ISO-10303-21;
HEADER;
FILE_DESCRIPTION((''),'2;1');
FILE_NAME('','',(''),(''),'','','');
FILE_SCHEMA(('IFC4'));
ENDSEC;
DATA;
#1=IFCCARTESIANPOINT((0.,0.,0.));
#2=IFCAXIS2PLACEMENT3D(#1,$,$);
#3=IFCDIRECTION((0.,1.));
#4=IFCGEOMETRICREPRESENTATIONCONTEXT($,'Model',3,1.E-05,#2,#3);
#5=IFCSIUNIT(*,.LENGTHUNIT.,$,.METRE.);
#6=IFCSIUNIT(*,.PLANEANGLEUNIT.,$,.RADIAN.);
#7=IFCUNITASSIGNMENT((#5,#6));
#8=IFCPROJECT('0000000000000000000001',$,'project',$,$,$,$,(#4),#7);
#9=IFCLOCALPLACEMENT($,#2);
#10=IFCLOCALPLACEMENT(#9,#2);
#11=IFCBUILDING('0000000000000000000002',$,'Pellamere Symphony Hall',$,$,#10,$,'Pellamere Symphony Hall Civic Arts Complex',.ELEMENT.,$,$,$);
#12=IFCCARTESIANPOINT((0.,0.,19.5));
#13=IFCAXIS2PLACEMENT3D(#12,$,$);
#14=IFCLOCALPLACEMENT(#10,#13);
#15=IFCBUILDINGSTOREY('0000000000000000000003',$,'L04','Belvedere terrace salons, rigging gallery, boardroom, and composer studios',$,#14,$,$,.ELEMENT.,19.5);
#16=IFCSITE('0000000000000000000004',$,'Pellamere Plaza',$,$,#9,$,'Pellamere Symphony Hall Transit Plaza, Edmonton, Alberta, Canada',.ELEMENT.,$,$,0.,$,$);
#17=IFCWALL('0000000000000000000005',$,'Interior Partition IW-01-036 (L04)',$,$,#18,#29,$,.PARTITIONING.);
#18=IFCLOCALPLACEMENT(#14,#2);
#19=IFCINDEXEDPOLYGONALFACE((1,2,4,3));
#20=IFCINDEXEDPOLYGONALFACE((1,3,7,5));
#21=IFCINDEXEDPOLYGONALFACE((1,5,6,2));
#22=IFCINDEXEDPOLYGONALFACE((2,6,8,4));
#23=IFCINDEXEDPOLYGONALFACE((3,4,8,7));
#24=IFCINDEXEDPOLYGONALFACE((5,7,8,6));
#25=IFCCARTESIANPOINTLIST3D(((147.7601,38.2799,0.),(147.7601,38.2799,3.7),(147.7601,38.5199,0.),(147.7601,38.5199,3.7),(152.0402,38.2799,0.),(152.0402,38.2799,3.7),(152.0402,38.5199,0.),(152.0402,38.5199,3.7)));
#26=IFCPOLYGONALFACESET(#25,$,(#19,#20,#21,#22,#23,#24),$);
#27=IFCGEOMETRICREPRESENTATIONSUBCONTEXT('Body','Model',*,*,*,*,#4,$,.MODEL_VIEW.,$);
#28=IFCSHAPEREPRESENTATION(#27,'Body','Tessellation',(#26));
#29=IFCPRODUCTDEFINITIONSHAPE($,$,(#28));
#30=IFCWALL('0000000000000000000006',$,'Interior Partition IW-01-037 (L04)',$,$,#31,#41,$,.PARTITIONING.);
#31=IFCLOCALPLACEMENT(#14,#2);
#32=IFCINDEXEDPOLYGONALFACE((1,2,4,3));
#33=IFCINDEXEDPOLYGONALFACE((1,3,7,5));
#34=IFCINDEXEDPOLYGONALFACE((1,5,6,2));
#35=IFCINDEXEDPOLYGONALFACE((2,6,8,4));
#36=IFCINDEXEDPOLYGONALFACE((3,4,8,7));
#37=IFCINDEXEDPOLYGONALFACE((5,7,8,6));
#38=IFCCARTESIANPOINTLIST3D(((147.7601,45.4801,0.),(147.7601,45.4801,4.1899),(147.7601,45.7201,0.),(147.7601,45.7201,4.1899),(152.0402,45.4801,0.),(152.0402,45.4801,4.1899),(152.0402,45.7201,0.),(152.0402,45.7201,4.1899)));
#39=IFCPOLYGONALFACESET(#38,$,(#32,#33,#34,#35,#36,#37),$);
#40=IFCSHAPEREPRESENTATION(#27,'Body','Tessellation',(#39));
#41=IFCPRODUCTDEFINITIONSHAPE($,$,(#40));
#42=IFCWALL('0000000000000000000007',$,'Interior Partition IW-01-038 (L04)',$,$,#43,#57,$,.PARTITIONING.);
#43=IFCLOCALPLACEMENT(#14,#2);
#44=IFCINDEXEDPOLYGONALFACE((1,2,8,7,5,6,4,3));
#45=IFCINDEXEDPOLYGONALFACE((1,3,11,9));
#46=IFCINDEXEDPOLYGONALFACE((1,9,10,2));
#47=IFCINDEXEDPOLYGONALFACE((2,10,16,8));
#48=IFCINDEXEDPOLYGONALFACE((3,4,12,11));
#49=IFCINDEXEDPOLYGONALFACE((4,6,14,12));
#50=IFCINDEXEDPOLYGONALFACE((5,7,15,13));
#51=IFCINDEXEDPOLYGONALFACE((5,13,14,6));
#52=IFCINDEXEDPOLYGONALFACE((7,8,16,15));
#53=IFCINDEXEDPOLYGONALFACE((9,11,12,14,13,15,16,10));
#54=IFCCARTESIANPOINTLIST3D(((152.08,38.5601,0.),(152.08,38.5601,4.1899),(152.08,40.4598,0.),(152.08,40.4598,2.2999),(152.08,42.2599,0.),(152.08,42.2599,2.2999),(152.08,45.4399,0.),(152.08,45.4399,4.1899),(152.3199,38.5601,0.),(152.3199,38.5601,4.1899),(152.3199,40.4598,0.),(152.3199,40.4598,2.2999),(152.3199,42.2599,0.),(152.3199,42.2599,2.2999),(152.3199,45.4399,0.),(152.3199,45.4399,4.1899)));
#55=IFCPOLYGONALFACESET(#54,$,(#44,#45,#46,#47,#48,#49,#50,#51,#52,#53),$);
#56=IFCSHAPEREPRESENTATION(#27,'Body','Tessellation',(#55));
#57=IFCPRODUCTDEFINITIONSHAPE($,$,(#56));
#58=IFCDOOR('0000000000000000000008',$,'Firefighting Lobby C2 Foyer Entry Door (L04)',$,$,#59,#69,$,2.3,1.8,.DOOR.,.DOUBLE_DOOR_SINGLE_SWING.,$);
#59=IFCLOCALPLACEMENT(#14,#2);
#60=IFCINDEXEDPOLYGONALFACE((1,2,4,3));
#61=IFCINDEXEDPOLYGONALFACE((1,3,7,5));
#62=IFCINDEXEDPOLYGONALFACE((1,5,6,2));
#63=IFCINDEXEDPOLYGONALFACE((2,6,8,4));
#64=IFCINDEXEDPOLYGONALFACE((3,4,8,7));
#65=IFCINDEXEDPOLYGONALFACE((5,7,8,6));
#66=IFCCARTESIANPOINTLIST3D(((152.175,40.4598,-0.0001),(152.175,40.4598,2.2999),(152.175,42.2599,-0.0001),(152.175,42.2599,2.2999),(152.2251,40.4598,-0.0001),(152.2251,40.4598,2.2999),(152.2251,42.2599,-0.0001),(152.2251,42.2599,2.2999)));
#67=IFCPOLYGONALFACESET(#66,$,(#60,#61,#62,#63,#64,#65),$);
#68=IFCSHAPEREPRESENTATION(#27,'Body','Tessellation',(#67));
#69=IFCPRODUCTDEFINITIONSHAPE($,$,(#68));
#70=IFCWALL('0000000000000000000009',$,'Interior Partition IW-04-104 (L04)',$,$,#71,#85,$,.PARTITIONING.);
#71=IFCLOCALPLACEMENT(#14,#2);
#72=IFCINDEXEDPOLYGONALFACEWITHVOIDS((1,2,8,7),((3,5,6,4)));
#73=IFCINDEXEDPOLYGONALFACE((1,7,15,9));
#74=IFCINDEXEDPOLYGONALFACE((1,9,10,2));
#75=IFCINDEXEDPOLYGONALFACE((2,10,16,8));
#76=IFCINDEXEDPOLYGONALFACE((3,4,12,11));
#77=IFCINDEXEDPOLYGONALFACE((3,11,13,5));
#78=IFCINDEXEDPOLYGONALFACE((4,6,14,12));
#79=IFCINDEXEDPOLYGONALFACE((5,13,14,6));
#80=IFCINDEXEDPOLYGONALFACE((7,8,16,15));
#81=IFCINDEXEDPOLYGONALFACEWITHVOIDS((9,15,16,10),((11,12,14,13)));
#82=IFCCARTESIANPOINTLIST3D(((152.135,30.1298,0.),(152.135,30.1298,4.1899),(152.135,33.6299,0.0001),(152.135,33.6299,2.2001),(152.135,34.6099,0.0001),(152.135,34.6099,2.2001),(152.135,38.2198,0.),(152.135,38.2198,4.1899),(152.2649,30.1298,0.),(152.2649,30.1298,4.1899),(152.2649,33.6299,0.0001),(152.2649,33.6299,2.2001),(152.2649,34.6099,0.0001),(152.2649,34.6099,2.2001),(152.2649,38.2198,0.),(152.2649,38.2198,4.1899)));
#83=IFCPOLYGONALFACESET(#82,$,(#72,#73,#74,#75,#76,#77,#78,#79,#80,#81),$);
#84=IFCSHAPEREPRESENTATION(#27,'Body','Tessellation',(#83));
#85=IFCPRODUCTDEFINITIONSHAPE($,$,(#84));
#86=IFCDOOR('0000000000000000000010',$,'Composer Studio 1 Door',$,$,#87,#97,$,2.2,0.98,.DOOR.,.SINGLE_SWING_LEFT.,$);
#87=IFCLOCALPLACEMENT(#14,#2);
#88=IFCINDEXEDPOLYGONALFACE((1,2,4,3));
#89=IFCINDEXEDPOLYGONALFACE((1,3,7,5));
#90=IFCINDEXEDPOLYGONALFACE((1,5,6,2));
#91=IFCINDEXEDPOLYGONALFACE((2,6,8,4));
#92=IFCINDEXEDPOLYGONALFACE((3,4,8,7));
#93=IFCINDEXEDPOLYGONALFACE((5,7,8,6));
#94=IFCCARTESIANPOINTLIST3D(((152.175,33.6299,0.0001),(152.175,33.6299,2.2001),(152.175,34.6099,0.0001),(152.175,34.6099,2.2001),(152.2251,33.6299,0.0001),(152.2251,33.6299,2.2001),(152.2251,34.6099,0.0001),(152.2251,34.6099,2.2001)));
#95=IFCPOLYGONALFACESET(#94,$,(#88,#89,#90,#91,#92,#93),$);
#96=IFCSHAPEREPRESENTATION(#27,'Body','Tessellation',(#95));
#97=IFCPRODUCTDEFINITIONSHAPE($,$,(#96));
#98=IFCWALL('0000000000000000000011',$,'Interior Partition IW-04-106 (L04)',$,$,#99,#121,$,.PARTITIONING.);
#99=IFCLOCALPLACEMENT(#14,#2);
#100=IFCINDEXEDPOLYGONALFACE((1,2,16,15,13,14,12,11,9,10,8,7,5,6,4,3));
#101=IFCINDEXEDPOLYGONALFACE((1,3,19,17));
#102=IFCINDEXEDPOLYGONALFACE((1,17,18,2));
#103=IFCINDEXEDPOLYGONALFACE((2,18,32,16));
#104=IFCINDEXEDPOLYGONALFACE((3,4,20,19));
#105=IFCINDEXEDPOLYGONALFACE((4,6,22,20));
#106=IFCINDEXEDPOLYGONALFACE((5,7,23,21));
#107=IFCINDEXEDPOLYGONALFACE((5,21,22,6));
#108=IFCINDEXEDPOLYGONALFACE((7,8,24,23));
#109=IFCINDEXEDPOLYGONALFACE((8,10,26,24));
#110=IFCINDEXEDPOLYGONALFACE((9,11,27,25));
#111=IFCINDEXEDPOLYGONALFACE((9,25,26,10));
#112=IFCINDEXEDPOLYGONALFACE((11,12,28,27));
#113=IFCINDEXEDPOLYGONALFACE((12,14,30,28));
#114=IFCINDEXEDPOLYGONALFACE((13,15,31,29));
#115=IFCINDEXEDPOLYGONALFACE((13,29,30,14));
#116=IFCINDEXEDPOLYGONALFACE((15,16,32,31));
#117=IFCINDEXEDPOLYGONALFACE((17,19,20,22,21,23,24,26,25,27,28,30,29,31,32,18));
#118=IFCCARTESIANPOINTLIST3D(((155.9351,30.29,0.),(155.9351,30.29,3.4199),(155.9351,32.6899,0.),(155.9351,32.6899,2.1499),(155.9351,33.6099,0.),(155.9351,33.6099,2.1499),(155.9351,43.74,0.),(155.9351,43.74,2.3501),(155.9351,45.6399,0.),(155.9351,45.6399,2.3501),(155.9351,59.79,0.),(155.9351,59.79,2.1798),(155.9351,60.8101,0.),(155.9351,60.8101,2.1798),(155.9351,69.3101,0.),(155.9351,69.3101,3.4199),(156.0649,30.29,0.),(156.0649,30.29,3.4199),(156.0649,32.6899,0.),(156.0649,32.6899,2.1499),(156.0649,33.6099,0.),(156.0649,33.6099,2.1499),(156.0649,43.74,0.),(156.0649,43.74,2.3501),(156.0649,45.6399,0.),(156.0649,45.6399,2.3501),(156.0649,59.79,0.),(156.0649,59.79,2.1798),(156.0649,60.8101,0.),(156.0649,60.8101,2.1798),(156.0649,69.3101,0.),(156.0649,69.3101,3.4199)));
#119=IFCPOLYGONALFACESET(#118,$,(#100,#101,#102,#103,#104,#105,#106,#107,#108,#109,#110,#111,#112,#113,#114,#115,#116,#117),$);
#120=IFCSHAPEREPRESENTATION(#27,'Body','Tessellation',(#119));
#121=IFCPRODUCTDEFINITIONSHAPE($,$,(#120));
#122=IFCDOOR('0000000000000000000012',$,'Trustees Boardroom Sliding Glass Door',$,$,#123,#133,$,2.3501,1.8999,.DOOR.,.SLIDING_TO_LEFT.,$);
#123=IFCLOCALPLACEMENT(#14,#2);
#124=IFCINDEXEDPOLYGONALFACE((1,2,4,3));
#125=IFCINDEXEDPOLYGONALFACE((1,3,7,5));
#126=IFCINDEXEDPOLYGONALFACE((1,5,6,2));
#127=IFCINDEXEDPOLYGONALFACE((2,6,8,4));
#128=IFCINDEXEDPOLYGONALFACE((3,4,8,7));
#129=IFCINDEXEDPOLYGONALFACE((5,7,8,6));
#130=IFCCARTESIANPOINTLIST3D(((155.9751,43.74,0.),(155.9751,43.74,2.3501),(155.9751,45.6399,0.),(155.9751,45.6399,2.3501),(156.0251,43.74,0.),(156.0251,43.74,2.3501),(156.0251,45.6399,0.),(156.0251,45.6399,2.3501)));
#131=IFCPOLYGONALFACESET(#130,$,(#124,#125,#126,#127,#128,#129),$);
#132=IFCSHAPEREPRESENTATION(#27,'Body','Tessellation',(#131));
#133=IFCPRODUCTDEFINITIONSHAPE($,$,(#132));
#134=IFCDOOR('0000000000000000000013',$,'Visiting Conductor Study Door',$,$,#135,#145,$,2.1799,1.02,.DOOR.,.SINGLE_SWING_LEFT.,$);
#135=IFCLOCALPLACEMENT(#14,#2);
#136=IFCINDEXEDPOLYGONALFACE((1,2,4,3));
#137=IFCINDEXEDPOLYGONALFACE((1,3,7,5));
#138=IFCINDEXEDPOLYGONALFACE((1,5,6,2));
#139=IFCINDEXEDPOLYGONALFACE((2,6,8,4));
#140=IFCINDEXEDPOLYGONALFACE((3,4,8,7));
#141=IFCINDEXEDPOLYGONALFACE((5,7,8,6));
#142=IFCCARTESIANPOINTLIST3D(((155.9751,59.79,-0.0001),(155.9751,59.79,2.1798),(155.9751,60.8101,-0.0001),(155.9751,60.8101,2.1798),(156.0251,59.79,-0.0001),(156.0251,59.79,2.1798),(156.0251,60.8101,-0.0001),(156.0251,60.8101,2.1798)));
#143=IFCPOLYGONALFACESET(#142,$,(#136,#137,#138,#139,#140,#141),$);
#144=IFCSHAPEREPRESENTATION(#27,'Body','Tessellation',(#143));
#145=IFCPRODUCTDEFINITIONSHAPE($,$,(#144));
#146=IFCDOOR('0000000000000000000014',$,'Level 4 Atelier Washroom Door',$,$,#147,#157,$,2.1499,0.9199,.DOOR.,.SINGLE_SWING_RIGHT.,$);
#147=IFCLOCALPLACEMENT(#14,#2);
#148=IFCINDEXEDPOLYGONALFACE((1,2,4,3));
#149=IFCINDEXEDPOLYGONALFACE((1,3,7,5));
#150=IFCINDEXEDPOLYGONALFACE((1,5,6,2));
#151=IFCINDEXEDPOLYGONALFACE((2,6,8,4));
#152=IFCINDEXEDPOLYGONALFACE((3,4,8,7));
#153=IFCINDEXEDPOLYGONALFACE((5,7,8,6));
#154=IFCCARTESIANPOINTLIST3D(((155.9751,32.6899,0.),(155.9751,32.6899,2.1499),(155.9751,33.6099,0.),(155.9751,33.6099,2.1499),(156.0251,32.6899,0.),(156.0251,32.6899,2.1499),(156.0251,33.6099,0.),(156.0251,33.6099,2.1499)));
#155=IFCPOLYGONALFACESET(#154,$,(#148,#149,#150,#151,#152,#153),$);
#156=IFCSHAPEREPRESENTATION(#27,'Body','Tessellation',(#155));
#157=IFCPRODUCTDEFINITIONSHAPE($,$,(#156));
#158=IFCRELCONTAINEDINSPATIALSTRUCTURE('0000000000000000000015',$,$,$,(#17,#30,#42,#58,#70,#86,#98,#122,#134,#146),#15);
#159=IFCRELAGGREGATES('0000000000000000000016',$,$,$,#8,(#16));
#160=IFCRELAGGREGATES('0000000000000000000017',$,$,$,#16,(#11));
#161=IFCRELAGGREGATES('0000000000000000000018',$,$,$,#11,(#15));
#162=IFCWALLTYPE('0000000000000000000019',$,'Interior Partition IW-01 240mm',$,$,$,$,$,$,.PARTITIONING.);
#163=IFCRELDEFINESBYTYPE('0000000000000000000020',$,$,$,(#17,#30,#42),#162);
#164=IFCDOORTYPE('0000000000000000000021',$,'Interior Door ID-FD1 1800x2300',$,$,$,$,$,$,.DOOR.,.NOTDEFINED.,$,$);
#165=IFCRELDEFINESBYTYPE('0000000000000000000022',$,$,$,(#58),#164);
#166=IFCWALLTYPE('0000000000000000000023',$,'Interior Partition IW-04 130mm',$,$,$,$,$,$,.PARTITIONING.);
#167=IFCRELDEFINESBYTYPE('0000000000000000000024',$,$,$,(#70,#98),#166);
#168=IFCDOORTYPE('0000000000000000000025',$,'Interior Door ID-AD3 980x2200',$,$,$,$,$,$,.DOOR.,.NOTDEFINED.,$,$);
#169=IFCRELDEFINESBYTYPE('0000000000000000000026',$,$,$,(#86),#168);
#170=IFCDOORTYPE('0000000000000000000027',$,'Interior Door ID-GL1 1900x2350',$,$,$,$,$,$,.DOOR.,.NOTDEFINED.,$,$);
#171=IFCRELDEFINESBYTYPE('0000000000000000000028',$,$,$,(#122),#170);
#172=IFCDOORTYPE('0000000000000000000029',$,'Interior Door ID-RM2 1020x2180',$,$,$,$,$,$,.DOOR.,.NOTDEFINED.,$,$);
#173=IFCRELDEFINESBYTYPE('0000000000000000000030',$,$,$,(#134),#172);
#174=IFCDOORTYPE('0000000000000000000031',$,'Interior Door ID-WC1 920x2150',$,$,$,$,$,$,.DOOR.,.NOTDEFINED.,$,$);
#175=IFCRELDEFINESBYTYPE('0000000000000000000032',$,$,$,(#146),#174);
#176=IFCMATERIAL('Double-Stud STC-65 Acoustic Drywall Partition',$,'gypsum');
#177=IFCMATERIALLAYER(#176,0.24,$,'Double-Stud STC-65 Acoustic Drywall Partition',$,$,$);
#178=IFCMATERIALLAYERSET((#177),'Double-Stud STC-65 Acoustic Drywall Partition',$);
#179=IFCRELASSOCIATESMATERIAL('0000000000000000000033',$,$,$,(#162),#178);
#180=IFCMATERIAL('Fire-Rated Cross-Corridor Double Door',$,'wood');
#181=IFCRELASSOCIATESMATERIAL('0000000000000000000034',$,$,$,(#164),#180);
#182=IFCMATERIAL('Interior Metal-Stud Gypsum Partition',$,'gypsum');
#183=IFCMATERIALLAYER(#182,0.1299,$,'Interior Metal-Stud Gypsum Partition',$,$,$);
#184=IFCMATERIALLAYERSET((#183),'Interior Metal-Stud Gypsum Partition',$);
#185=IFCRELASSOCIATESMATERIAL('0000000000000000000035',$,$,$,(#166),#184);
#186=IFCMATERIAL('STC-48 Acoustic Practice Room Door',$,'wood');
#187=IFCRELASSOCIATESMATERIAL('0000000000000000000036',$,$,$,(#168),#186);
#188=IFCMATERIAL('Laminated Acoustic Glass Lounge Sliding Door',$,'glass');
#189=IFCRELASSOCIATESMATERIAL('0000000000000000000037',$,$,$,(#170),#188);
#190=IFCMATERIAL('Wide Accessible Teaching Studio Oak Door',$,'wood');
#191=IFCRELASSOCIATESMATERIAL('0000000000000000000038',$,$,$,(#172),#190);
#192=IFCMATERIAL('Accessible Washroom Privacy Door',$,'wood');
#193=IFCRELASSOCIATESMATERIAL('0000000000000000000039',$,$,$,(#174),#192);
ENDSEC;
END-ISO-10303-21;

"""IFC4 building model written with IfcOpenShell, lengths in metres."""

from ifc_helpers import new_model, si_unit, direction, frame, frame_2d, origin, place, context, subcontext, project, spatial, rectangle, extrude, material, layer, layer_set, type_object, element, fill, save


model = new_model("IFC4")

# Units and contexts
model_context = context("Model", 3, precision=1e-05, world=origin(), true_north=direction((0.0, 1.0)))
body_context = subcontext(model_context, "Body", "Model", "MODEL_VIEW")
ifc_project = project(units=[si_unit("LENGTHUNIT", "METRE"), si_unit("PLANEANGLEUNIT", "RADIAN")], contexts=[model_context])

# Site, building, storey
site_placement = place(None, origin())
site = spatial("IfcSite", under=ifc_project, at=site_placement, Name="Pellamere Plaza", LongName="Pellamere Symphony Hall Transit Plaza, Edmonton, Alberta, Canada", CompositionType="ELEMENT", RefElevation=0.0)
building_placement = place(site_placement, origin())
building = spatial("IfcBuilding", under=site, at=building_placement, Name="Pellamere Symphony Hall", LongName="Pellamere Symphony Hall Civic Arts Complex", CompositionType="ELEMENT")
storey_placement = place(building_placement, frame((0.0, 0.0, 19.5)))
storey = spatial("IfcBuildingStorey", under=building, at=storey_placement, Name="L04", Description="Belvedere terrace salons, rigging gallery, boardroom, and composer studios", CompositionType="ELEMENT", Elevation=19.5)

# Walls
ifc_material_1 = material(Name="Double-Stud STC-65 Acoustic Drywall Partition", Category="gypsum")
ifc_layer_1 = layer(ifc_material_1, 0.24, Name="Double-Stud STC-65 Acoustic Drywall Partition")
ifc_layer_set_1 = layer_set([ifc_layer_1], Name="Double-Stud STC-65 Acoustic Drywall Partition")
wall_type_1 = type_object("IfcWallType", Name="Interior Partition IW-01 240mm", PredefinedType="PARTITIONING", material=ifc_layer_set_1)
wall_1_placement = place(storey_placement, frame((147.76, 38.3999, 0.0), z_axis=(0.0, 0.0, 1.0), x_axis=(1.0, 0.0, 0.0)))
element("IfcWall", 1, at=wall_1_placement, inside=storey, type_object=wall_type_1, Name="Interior Partition IW-01-036 (L04)", PredefinedType="PARTITIONING", context=body_context, shape_type="SweptSolid", body=[
    extrude(rectangle(XDim=4.28, YDim=0.24, at=frame_2d((2.1401, 0.0))), origin(), (0.0, 0.0, 1.0), 3.7),
])
wall_2_placement = place(storey_placement, frame((147.76, 45.6001, 0.0), z_axis=(0.0, 0.0, 1.0), x_axis=(1.0, 0.0, 0.0)))
element("IfcWall", 2, at=wall_2_placement, inside=storey, type_object=wall_type_1, Name="Interior Partition IW-01-037 (L04)", PredefinedType="PARTITIONING", context=body_context, shape_type="SweptSolid", body=[
    extrude(rectangle(XDim=4.28, YDim=0.24, at=frame_2d((2.1401, 0.0))), origin(), (0.0, 0.0, 1.0), 4.1899),
])

# Walls, openings, doors
wall_3_placement = place(storey_placement, frame((152.2, 38.5601, 0.0), z_axis=(0.0, 0.0, 1.0), x_axis=(0.0, 1.0, 0.0)))
wall_3 = element("IfcWall", 3, at=wall_3_placement, inside=storey, type_object=wall_type_1, Name="Interior Partition IW-01-038 (L04)", PredefinedType="PARTITIONING", context=body_context, shape_type="SweptSolid", body=[
    extrude(rectangle(XDim=6.8799, YDim=0.24, at=frame_2d((3.4399, 0.0))), origin(), (0.0, 0.0, 1.0), 4.1899),
])
opening_1_placement = place(wall_3_placement, frame((1.8999, 0.0, 0.0)))
opening_1 = element("IfcOpeningElement", 4, at=opening_1_placement, cuts=wall_3, PredefinedType="OPENING", context=body_context, shape_type="SweptSolid", body=[
    extrude(rectangle(XDim=1.8, YDim=2.3, at=frame_2d((0.8999, 1.1499))), frame((0.0, 0.1299, 0.0), z_axis=(0.0, -1.0, 0.0), x_axis=(1.0, 0.0, 0.0)), (0.0, 0.0, 1.0), 0.26),
])
ifc_material_2 = material(Name="Fire-Rated Cross-Corridor Double Door", Category="wood")
door_type_1 = type_object("IfcDoorType", Name="Interior Door ID-FD1 1800x2300", OperationType="NOTDEFINED", PredefinedType="DOOR", material=ifc_material_2)
door_1_placement = place(opening_1_placement, origin())
door_1 = element("IfcDoor", 5, at=door_1_placement, inside=storey, type_object=door_type_1, Name="Firefighting Lobby C2 Foyer Entry Door (L04)", OperationType="DOUBLE_DOOR_SINGLE_SWING", OverallHeight=2.3, OverallWidth=1.8, PredefinedType="DOOR", context=body_context, shape_type="SweptSolid", body=[
    extrude(rectangle(XDim=1.8, YDim=2.3, at=frame_2d((0.8999, 1.1499))), frame((0.0, 0.0249, 0.0), z_axis=(0.0, -1.0, 0.0), x_axis=(1.0, 0.0, 0.0)), (0.0, 0.0, 1.0), 0.05),
])
fill(opening_1, door_1)
ifc_material_3 = material(Name="Interior Metal-Stud Gypsum Partition", Category="gypsum")
ifc_layer_2 = layer(ifc_material_3, 0.1299, Name="Interior Metal-Stud Gypsum Partition")
ifc_layer_set_2 = layer_set([ifc_layer_2], Name="Interior Metal-Stud Gypsum Partition")
wall_type_2 = type_object("IfcWallType", Name="Interior Partition IW-04 130mm", PredefinedType="PARTITIONING", material=ifc_layer_set_2)
wall_4_placement = place(storey_placement, frame((152.2, 30.1299, 0.0), z_axis=(0.0, 0.0, 1.0), x_axis=(0.0, 1.0, 0.0)))
wall_4 = element("IfcWall", 6, at=wall_4_placement, inside=storey, type_object=wall_type_2, Name="Interior Partition IW-04-104 (L04)", PredefinedType="PARTITIONING", context=body_context, shape_type="SweptSolid", body=[
    extrude(rectangle(XDim=8.0901, YDim=0.1299, at=frame_2d((4.0449, 0.0))), origin(), (0.0, 0.0, 1.0), 4.1899),
])
opening_2_placement = place(wall_4_placement, frame((3.5, 0.0, 0.0)))
opening_2 = element("IfcOpeningElement", 7, at=opening_2_placement, cuts=wall_4, PredefinedType="OPENING", context=body_context, shape_type="SweptSolid", body=[
    extrude(rectangle(XDim=0.98, YDim=2.2, at=frame_2d((0.49, 1.1001))), frame((0.0, 0.075, 0.0), z_axis=(0.0, -1.0, 0.0), x_axis=(1.0, 0.0, 0.0)), (0.0, 0.0, 1.0), 0.1499),
])
ifc_material_4 = material(Name="STC-48 Acoustic Practice Room Door", Category="wood")
door_type_2 = type_object("IfcDoorType", Name="Interior Door ID-AD3 980x2200", OperationType="NOTDEFINED", PredefinedType="DOOR", material=ifc_material_4)
door_2_placement = place(opening_2_placement, origin())
door_2 = element("IfcDoor", 8, at=door_2_placement, inside=storey, type_object=door_type_2, Name="Composer Studio 1 Door", OperationType="SINGLE_SWING_LEFT", OverallHeight=2.2, OverallWidth=0.98, PredefinedType="DOOR", context=body_context, shape_type="SweptSolid", body=[
    extrude(rectangle(XDim=0.98, YDim=2.2, at=frame_2d((0.49, 1.1001))), frame((0.0, 0.0249, 0.0), z_axis=(0.0, -1.0, 0.0), x_axis=(1.0, 0.0, 0.0)), (0.0, 0.0, 1.0), 0.05),
])
fill(opening_2, door_2)

# Wall, openings, doors
wall_5_placement = place(storey_placement, frame((156.0, 30.29, 0.0), z_axis=(0.0, 0.0, 1.0), x_axis=(0.0, 1.0, 0.0)))
wall_5 = element("IfcWall", 9, at=wall_5_placement, inside=storey, type_object=wall_type_2, Name="Interior Partition IW-04-106 (L04)", PredefinedType="PARTITIONING", context=body_context, shape_type="SweptSolid", body=[
    extrude(rectangle(XDim=39.02, YDim=0.1299, at=frame_2d((19.51, 0.0))), origin(), (0.0, 0.0, 1.0), 3.4199),
])
opening_3_placement = place(wall_5_placement, frame((2.3999, 0.0, 0.0)))
opening_3 = element("IfcOpeningElement", 10, at=opening_3_placement, cuts=wall_5, PredefinedType="OPENING", context=body_context, shape_type="SweptSolid", body=[
    extrude(rectangle(XDim=0.9199, YDim=2.1499, at=frame_2d((0.46, 1.075))), frame((0.0, 0.075, 0.0), z_axis=(0.0, -1.0, 0.0), x_axis=(1.0, 0.0, 0.0)), (0.0, 0.0, 1.0), 0.1499),
])
opening_4_placement = place(wall_5_placement, frame((13.45, 0.0, 0.0)))
opening_4 = element("IfcOpeningElement", 11, at=opening_4_placement, cuts=wall_5, PredefinedType="OPENING", context=body_context, shape_type="SweptSolid", body=[
    extrude(rectangle(XDim=1.8999, YDim=2.3501, at=frame_2d((0.95, 1.175))), frame((0.0, 0.075, 0.0), z_axis=(0.0, -1.0, 0.0), x_axis=(1.0, 0.0, 0.0)), (0.0, 0.0, 1.0), 0.1499),
])
opening_5_placement = place(wall_5_placement, frame((29.5, 0.0, 0.0)))
opening_5 = element("IfcOpeningElement", 12, at=opening_5_placement, cuts=wall_5, PredefinedType="OPENING", context=body_context, shape_type="SweptSolid", body=[
    extrude(rectangle(XDim=1.02, YDim=2.1799, at=frame_2d((0.51, 1.0898))), frame((0.0, 0.075, 0.0), z_axis=(0.0, -1.0, 0.0), x_axis=(1.0, 0.0, 0.0)), (0.0, 0.0, 1.0), 0.1499),
])
ifc_material_5 = material(Name="Laminated Acoustic Glass Lounge Sliding Door", Category="glass")
door_type_3 = type_object("IfcDoorType", Name="Interior Door ID-GL1 1900x2350", OperationType="NOTDEFINED", PredefinedType="DOOR", material=ifc_material_5)
door_3_placement = place(opening_4_placement, origin())
door_3 = element("IfcDoor", 13, at=door_3_placement, inside=storey, type_object=door_type_3, Name="Trustees Boardroom Sliding Glass Door", OperationType="SLIDING_TO_LEFT", OverallHeight=2.3501, OverallWidth=1.8999, PredefinedType="DOOR", context=body_context, shape_type="SweptSolid", body=[
    extrude(rectangle(XDim=1.8999, YDim=2.3501, at=frame_2d((0.95, 1.175))), frame((0.0, 0.0249, 0.0), z_axis=(0.0, -1.0, 0.0), x_axis=(1.0, 0.0, 0.0)), (0.0, 0.0, 1.0), 0.05),
])
fill(opening_4, door_3)
ifc_material_6 = material(Name="Wide Accessible Teaching Studio Oak Door", Category="wood")
door_type_4 = type_object("IfcDoorType", Name="Interior Door ID-RM2 1020x2180", OperationType="NOTDEFINED", PredefinedType="DOOR", material=ifc_material_6)
door_4_placement = place(opening_5_placement, origin())
door_4 = element("IfcDoor", 14, at=door_4_placement, inside=storey, type_object=door_type_4, Name="Visiting Conductor Study Door", OperationType="SINGLE_SWING_LEFT", OverallHeight=2.1799, OverallWidth=1.02, PredefinedType="DOOR", context=body_context, shape_type="SweptSolid", body=[
    extrude(rectangle(XDim=1.02, YDim=2.1799, at=frame_2d((0.51, 1.0898))), frame((0.0, 0.0249, 0.0), z_axis=(0.0, -1.0, 0.0), x_axis=(1.0, 0.0, 0.0)), (0.0, 0.0, 1.0), 0.05),
])
fill(opening_5, door_4)
ifc_material_7 = material(Name="Accessible Washroom Privacy Door", Category="wood")
door_type_5 = type_object("IfcDoorType", Name="Interior Door ID-WC1 920x2150", OperationType="NOTDEFINED", PredefinedType="DOOR", material=ifc_material_7)
door_5_placement = place(opening_3_placement, origin())
door_5 = element("IfcDoor", 15, at=door_5_placement, inside=storey, type_object=door_type_5, Name="Level 4 Atelier Washroom Door", OperationType="SINGLE_SWING_RIGHT", OverallHeight=2.1499, OverallWidth=0.9199, PredefinedType="DOOR", context=body_context, shape_type="SweptSolid", body=[
    extrude(rectangle(XDim=0.9199, YDim=2.1499, at=frame_2d((0.46, 1.075))), frame((0.0, 0.0249, 0.0), z_axis=(0.0, -1.0, 0.0), x_axis=(1.0, 0.0, 0.0)), (0.0, 0.0, 1.0), 0.05),
])
fill(opening_3, door_5)

save(model, "model.ifc")
